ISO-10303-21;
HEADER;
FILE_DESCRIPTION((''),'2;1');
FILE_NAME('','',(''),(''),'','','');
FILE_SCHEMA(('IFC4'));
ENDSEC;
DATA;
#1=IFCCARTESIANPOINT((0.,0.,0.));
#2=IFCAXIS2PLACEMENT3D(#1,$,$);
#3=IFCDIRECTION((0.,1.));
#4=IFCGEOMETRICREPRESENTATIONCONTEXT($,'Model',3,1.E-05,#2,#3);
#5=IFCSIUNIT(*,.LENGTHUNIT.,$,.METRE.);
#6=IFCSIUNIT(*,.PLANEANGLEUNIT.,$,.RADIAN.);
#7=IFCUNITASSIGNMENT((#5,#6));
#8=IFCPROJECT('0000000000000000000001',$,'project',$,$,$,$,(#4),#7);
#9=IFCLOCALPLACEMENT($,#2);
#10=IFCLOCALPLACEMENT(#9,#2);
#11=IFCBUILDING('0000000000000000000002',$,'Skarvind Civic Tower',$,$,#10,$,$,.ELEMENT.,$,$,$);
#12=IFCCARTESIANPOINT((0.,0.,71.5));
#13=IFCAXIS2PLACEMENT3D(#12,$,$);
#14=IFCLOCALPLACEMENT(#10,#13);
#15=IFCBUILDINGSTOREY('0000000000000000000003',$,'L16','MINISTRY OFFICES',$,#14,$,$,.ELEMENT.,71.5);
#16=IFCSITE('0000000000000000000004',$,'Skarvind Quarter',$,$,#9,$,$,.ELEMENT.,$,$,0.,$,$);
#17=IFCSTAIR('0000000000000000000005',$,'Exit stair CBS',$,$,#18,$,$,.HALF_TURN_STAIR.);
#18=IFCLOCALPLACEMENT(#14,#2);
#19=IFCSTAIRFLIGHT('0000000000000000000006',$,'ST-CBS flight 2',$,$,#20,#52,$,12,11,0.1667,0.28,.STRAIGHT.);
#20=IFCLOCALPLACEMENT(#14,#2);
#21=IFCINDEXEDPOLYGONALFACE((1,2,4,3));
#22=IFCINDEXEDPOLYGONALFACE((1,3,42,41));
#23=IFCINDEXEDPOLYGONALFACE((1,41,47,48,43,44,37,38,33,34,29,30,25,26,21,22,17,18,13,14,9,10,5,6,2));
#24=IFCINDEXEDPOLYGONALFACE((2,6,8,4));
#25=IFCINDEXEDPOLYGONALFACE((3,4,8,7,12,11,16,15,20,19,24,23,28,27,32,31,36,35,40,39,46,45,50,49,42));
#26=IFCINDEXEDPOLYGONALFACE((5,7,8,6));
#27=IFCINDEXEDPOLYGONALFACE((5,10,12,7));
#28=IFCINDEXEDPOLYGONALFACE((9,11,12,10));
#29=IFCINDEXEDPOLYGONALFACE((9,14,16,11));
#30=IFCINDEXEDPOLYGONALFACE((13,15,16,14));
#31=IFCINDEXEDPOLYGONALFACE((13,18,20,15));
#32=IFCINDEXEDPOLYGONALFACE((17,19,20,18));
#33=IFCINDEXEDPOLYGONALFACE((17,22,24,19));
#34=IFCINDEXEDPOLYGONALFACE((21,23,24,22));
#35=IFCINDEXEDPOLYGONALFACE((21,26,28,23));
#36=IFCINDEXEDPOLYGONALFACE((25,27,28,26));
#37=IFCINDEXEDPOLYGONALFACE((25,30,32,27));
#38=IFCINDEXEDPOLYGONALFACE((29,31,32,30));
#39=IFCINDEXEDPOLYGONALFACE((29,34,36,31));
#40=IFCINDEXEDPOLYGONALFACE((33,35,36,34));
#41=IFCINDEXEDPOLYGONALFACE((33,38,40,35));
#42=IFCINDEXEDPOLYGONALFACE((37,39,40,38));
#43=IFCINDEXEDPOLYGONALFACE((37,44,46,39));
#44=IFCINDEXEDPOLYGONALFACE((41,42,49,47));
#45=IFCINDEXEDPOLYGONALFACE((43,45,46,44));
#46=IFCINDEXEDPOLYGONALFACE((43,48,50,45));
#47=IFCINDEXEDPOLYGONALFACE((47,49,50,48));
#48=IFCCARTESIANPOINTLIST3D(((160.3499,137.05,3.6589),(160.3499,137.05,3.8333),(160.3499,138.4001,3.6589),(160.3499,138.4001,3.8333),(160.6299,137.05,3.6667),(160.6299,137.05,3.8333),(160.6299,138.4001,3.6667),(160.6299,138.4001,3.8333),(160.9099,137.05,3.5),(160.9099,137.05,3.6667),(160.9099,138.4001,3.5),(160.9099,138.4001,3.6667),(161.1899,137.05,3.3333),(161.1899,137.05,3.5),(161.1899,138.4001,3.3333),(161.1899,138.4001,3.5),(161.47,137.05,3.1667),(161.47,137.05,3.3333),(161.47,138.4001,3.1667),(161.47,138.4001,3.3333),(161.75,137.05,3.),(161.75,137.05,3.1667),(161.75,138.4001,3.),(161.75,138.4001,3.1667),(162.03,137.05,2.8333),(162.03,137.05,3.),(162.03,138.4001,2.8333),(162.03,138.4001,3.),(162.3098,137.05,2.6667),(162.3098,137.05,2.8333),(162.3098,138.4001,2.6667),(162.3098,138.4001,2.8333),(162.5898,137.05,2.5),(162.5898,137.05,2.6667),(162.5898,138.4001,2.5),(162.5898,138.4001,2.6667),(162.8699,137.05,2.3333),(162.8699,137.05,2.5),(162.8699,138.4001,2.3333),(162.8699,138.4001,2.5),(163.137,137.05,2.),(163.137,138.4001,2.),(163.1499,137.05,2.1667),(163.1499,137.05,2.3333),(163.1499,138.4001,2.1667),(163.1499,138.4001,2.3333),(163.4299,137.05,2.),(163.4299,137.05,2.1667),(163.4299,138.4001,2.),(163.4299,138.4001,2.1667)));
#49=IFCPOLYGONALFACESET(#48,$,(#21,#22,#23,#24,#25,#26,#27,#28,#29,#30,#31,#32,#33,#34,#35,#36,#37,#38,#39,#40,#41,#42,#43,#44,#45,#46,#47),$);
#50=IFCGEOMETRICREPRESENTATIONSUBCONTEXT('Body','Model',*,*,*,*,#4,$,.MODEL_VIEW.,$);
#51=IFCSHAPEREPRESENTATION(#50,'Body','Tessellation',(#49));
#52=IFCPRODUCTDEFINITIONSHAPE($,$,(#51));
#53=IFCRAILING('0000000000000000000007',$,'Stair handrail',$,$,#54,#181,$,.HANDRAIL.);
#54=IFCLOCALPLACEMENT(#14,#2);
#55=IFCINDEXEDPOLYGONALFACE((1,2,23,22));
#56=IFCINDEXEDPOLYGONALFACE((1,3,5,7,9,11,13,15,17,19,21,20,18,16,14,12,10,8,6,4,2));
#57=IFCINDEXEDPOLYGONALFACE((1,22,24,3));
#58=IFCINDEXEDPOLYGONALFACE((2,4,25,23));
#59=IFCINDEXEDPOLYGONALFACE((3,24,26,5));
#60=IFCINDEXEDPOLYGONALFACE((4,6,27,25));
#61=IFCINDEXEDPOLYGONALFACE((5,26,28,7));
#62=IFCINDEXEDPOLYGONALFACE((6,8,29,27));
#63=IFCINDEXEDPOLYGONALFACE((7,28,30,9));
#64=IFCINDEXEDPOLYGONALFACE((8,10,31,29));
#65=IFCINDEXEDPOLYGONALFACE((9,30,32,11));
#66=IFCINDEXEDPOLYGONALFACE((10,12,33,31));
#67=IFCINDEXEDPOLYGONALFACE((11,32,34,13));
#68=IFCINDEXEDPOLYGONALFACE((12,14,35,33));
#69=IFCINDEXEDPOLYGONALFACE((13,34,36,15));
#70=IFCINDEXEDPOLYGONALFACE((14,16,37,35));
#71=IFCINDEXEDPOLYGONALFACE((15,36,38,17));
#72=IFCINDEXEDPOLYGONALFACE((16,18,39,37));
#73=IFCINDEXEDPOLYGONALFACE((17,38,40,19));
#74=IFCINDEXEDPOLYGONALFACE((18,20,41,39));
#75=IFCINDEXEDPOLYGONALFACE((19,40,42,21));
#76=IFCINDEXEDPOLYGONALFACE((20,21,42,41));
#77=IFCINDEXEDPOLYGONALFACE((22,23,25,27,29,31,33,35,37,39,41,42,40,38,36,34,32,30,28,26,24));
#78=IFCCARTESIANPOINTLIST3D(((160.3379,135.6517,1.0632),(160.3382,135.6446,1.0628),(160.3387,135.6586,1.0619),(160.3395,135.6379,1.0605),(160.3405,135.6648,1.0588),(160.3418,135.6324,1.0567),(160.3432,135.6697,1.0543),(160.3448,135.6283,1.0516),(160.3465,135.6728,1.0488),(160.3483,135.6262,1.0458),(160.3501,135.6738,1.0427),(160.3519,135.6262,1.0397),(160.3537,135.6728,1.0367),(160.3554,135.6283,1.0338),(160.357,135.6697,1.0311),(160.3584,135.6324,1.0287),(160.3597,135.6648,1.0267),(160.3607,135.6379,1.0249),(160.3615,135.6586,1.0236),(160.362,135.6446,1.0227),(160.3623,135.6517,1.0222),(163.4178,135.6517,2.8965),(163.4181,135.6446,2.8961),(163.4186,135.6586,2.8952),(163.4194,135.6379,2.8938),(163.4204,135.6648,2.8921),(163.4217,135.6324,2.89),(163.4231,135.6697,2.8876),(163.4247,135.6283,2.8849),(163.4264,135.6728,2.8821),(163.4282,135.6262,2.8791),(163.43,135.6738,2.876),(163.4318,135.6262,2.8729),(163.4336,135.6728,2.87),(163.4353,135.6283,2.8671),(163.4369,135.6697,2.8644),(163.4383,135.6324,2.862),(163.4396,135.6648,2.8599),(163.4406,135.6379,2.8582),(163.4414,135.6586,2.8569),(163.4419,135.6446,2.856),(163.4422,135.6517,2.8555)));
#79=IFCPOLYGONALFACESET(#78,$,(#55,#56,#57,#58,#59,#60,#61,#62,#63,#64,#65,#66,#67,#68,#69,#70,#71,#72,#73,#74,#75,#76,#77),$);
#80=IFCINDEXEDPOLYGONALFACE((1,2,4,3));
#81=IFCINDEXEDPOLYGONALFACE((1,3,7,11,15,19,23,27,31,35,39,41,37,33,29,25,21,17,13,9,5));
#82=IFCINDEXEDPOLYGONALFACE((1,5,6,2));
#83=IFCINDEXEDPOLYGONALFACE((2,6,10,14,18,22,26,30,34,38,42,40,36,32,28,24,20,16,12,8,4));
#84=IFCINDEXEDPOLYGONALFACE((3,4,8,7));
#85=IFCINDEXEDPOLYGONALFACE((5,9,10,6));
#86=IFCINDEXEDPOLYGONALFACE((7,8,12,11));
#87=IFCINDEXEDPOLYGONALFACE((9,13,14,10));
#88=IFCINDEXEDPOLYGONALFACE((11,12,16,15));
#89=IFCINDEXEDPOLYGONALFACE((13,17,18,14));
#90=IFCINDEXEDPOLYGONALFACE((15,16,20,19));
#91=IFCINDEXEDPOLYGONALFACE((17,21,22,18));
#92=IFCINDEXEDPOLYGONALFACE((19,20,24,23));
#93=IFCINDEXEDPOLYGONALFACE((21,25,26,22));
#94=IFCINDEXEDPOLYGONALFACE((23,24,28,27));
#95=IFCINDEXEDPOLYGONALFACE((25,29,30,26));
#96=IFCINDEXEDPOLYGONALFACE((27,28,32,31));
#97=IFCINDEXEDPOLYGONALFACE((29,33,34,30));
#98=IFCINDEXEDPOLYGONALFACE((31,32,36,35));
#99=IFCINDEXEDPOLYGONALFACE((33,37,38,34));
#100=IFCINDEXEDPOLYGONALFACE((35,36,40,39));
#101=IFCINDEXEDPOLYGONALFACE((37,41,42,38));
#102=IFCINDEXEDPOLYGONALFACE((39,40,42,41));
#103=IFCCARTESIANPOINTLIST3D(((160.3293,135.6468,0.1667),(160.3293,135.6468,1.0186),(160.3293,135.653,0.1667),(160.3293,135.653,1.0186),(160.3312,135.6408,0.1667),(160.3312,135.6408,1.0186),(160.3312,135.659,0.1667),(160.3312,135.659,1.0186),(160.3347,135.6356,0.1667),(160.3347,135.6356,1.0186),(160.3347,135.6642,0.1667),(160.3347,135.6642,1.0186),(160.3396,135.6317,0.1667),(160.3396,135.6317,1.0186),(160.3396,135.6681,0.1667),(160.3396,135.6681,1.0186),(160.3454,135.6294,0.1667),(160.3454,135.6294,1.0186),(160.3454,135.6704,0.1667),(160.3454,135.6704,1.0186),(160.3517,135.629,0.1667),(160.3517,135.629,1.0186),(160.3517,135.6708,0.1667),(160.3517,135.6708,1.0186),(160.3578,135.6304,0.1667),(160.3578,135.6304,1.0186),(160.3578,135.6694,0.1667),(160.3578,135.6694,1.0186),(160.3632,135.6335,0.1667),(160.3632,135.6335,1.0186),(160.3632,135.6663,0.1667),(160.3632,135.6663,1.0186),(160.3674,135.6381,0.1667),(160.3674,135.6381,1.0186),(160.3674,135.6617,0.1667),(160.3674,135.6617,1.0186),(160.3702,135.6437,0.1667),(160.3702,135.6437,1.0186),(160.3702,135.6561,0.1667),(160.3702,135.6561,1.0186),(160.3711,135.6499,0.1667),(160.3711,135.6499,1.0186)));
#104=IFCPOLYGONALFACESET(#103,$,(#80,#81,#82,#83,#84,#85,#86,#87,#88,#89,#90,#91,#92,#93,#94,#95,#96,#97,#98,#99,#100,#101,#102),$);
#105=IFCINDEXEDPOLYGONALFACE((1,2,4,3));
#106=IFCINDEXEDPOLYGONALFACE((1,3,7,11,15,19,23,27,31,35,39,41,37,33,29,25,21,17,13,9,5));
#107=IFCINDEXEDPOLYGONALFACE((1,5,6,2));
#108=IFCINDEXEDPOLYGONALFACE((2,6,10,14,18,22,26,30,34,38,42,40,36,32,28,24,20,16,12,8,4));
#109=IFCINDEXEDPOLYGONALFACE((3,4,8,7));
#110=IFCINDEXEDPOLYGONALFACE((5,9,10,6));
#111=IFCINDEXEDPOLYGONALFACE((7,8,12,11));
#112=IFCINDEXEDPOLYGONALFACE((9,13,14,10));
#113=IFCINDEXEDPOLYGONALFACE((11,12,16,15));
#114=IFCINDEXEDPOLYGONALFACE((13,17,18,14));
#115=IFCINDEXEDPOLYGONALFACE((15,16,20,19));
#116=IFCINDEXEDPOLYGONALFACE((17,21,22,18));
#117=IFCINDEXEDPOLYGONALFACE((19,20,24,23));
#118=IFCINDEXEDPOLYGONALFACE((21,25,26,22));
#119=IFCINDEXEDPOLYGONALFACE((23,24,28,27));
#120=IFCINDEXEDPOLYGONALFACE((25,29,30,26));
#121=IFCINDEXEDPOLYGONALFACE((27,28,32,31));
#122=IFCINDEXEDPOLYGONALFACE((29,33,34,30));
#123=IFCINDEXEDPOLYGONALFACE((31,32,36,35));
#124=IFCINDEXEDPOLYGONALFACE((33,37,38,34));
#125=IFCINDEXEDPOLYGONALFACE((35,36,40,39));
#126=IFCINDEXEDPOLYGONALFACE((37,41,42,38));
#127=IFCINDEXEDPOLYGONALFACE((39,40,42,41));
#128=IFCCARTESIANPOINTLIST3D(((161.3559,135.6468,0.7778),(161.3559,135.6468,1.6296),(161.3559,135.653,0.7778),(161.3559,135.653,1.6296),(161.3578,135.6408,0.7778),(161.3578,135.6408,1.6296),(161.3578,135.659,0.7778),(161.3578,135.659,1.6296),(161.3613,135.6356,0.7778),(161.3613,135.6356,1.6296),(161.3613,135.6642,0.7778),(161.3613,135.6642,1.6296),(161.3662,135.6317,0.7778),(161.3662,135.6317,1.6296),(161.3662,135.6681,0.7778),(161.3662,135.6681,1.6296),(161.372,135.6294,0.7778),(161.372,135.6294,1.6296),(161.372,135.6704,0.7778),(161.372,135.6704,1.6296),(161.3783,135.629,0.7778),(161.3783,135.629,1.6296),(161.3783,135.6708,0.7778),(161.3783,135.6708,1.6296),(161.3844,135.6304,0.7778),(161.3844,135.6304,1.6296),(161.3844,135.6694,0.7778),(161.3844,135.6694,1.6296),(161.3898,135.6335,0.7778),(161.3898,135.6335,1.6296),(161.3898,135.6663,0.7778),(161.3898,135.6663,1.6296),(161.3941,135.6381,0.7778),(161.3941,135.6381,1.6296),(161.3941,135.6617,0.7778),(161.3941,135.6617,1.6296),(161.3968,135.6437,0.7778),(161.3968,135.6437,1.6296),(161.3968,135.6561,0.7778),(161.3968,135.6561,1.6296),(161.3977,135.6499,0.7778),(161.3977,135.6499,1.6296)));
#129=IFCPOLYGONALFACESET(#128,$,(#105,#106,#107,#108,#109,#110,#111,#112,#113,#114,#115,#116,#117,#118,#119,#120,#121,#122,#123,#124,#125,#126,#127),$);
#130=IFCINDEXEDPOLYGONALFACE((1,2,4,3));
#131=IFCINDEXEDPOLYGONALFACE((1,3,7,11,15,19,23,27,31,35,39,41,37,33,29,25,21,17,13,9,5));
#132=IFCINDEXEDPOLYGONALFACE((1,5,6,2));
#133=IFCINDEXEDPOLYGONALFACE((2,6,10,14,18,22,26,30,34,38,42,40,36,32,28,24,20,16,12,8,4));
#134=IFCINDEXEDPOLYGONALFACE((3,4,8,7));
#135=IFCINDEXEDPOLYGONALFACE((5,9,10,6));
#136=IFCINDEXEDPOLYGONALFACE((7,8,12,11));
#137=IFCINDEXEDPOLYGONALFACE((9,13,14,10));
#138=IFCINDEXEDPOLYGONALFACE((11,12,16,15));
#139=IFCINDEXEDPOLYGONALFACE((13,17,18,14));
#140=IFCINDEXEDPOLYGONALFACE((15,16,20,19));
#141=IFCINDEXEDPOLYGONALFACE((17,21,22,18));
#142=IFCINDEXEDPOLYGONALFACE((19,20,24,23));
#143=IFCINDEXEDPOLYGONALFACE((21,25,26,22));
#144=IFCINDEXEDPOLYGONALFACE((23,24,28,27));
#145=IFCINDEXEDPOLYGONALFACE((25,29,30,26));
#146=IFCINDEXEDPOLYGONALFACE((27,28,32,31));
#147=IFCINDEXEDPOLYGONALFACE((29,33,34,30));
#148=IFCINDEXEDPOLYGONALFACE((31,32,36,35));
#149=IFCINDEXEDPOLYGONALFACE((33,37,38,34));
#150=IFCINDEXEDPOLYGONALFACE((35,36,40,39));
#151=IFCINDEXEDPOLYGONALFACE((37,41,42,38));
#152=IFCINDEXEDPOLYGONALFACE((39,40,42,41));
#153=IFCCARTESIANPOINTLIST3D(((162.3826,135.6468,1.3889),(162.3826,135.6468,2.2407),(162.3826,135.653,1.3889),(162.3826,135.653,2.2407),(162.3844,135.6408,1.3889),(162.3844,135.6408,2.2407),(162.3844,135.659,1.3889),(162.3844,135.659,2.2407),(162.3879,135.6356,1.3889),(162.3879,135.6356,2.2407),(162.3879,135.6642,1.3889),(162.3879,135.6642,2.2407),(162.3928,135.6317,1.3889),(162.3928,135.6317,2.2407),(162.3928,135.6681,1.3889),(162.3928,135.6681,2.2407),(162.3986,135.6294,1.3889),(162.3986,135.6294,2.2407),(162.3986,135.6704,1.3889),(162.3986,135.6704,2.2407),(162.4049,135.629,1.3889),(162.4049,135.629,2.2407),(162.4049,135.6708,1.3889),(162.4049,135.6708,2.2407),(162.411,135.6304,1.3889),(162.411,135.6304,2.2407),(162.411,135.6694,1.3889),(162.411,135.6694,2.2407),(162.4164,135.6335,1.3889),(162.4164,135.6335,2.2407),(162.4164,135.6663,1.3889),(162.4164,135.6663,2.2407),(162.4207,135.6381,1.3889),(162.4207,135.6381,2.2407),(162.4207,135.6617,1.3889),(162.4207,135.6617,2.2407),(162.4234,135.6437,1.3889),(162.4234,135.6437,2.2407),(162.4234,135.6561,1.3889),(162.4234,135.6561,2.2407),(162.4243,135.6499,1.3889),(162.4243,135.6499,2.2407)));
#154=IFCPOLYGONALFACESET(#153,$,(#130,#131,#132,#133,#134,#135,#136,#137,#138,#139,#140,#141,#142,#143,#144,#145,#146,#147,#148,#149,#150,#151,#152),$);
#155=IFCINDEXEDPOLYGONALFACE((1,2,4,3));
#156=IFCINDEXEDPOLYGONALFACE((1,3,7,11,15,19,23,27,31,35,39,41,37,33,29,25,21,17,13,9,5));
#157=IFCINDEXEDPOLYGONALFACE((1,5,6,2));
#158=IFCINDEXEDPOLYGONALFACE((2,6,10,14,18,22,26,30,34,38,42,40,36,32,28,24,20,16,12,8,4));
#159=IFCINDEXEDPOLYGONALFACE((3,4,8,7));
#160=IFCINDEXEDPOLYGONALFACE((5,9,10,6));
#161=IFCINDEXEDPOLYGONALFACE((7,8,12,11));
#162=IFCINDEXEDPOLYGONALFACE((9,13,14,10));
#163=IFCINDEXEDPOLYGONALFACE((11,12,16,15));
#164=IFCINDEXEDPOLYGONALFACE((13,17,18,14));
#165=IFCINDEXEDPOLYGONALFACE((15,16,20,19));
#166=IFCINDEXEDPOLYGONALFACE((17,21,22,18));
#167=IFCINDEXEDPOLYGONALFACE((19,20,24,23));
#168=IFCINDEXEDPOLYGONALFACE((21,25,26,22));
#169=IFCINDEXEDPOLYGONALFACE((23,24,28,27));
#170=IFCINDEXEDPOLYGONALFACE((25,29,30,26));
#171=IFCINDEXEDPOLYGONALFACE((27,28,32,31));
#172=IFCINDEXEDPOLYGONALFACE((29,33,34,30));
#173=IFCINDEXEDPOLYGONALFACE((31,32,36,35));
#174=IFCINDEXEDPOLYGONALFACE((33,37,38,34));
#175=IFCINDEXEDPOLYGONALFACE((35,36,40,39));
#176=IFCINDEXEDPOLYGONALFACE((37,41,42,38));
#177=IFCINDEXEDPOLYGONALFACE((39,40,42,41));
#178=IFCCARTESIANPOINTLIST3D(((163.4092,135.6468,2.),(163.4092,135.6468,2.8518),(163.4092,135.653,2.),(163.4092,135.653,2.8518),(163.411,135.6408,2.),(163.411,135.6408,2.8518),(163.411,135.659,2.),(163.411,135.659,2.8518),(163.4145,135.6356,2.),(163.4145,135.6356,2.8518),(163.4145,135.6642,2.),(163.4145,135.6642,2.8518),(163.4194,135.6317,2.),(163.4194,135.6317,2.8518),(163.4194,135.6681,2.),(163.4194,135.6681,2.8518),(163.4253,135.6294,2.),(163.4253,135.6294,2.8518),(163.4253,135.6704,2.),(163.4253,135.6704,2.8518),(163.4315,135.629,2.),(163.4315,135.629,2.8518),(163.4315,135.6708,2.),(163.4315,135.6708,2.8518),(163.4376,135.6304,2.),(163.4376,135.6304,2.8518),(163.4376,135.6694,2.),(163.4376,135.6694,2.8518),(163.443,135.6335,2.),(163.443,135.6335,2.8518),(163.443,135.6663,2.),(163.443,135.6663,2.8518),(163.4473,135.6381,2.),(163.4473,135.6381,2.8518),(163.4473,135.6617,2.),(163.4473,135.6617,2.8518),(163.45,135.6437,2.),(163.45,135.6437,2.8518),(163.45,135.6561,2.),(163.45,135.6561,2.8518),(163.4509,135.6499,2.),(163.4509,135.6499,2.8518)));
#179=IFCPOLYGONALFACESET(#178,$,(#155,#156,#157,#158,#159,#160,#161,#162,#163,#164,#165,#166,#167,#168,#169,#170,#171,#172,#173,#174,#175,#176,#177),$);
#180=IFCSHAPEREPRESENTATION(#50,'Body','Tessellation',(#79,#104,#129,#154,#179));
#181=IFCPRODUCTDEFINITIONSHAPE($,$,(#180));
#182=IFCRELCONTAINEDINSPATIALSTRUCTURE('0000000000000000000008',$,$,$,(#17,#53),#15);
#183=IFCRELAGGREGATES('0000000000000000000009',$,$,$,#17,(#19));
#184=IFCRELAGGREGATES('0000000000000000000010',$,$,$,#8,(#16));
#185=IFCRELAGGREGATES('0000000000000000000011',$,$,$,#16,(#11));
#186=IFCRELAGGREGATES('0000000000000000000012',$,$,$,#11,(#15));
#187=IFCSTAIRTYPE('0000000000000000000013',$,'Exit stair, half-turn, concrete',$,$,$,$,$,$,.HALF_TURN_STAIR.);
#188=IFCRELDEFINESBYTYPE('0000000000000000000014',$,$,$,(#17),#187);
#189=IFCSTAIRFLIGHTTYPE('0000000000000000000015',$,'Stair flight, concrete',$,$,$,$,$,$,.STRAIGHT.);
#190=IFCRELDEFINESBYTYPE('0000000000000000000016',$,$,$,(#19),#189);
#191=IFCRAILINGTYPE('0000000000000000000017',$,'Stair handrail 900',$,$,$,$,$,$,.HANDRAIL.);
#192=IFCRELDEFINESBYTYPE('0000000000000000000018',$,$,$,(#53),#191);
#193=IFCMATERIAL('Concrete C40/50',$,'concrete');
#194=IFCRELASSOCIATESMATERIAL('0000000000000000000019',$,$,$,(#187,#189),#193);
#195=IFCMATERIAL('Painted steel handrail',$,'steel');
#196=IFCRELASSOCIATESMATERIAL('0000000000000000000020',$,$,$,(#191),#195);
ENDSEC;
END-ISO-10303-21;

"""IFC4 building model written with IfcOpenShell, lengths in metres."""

from ifc_helpers import new_model, si_unit, direction, frame, origin, origin_2d, place, context, subcontext, project, spatial, polyline, circle, outline, extrude, material, type_object, element, aggregate, save


model = new_model("IFC4")

# Units and contexts
model_context = context("Model", 3, precision=1e-05, world=origin(), true_north=direction((0.0, 1.0)))
body_context = subcontext(model_context, "Body", "Model", "MODEL_VIEW")
ifc_project = project(units=[si_unit("LENGTHUNIT", "METRE"), si_unit("PLANEANGLEUNIT", "RADIAN")], contexts=[model_context])

# Site, building, storey
site_placement = place(None, origin())
site = spatial("IfcSite", under=ifc_project, at=site_placement, Name="Skarvind Quarter", CompositionType="ELEMENT", RefElevation=0.0)
building_placement = place(site_placement, origin())
building = spatial("IfcBuilding", under=site, at=building_placement, Name="Skarvind Civic Tower", CompositionType="ELEMENT")
storey_placement = place(building_placement, frame((0.0, 0.0, 71.5)))
storey = spatial("IfcBuildingStorey", under=building, at=storey_placement, Name="L16", Description="MINISTRY OFFICES", CompositionType="ELEMENT", Elevation=71.5)

# Stair, stair flight
ifc_material_1 = material(Name="Concrete C40/50", Category="concrete")
stair_type = type_object("IfcStairType", Name="Exit stair, half-turn, concrete", PredefinedType="HALF_TURN_STAIR", material=ifc_material_1)
stair_placement = place(storey_placement, origin())
stair = element("IfcStair", 1, at=stair_placement, inside=storey, type_object=stair_type, Name="Exit stair CBS", PredefinedType="HALF_TURN_STAIR")
stair_flight_type = type_object("IfcStairFlightType", Name="Stair flight, concrete", PredefinedType="STRAIGHT", material=ifc_material_1)
stair_flight_1_placement = place(storey_placement, frame((163.4299, 137.7251, 2.0), z_axis=(0.0, 0.0, 1.0), x_axis=(-1.0, 0.0, 0.0)))
stair_flight_1 = element("IfcStairFlight", 2, at=stair_flight_1_placement, type_object=stair_flight_type, Name="ST-CBS flight 2", NumberOfRisers=12, NumberOfTreads=11, PredefinedType="STRAIGHT", RiserHeight=0.1667, TreadLength=0.28, context=body_context, shape_type="SweptSolid", body=[
    extrude(outline(polyline([(0.0, 0.0), (0.0, 0.1667), (0.28, 0.1667), (0.28, 0.3333), (0.5601, 0.3333), (0.5601, 0.5), (0.8401, 0.5), (0.8401, 0.6667), (1.1201, 0.6667), (1.1201, 0.8333), (1.3999, 0.8333), (1.3999, 1.0), (1.6799, 1.0), (1.6799, 1.1667), (1.96, 1.1667), (1.96, 1.3333), (2.24, 1.3333), (2.24, 1.5), (2.52, 1.5), (2.52, 1.6667), (2.8, 1.6667), (2.8, 1.8333), (3.0801, 1.8333), (3.0801, 2.0), (3.0801, 1.6589), (0.293, 0.0), (0.0, 0.0)])), frame((0.0, 0.675, 0.0), z_axis=(0.0, -1.0, 0.0), x_axis=(1.0, 0.0, 0.0)), (0.0, 0.0, 1.0), 1.3501),
])
aggregate(stair, [stair_flight_1])

# Railing
ifc_material_2 = material(Name="Painted steel handrail", Category="steel")
railing_type = type_object("IfcRailingType", Name="Stair handrail 900", PredefinedType="HANDRAIL", material=ifc_material_2)
railing_1_placement = place(storey_placement, frame((160.3501, 135.6499, 0.1667)))
element("IfcRailing", 3, at=railing_1_placement, inside=storey, type_object=railing_type, Name="Stair handrail", PredefinedType="HANDRAIL", context=body_context, shape_type="SweptSolid", body=[
    extrude(circle(Radius=0.0239, at=origin_2d()), frame((0.0, 0.0, 0.876), z_axis=(0.859291, 0.0, 0.511487), x_axis=(0.0, 1.0, 0.0)), (0.0, 0.0, 1.0), 3.5842),
    extrude(circle(Radius=0.021, at=origin_2d()), origin(), (0.0, 0.0, 1.0), 0.8518),
    extrude(circle(Radius=0.021, at=origin_2d()), frame((1.0266, 0.0, 0.6111)), (0.0, 0.0, 1.0), 0.8518),
    extrude(circle(Radius=0.021, at=origin_2d()), frame((2.0532, 0.0, 1.2222)), (0.0, 0.0, 1.0), 0.8518),
    extrude(circle(Radius=0.021, at=origin_2d()), frame((3.0798, 0.0, 1.8333)), (0.0, 0.0, 1.0), 0.8518),
])

save(model, "model.ifc")
